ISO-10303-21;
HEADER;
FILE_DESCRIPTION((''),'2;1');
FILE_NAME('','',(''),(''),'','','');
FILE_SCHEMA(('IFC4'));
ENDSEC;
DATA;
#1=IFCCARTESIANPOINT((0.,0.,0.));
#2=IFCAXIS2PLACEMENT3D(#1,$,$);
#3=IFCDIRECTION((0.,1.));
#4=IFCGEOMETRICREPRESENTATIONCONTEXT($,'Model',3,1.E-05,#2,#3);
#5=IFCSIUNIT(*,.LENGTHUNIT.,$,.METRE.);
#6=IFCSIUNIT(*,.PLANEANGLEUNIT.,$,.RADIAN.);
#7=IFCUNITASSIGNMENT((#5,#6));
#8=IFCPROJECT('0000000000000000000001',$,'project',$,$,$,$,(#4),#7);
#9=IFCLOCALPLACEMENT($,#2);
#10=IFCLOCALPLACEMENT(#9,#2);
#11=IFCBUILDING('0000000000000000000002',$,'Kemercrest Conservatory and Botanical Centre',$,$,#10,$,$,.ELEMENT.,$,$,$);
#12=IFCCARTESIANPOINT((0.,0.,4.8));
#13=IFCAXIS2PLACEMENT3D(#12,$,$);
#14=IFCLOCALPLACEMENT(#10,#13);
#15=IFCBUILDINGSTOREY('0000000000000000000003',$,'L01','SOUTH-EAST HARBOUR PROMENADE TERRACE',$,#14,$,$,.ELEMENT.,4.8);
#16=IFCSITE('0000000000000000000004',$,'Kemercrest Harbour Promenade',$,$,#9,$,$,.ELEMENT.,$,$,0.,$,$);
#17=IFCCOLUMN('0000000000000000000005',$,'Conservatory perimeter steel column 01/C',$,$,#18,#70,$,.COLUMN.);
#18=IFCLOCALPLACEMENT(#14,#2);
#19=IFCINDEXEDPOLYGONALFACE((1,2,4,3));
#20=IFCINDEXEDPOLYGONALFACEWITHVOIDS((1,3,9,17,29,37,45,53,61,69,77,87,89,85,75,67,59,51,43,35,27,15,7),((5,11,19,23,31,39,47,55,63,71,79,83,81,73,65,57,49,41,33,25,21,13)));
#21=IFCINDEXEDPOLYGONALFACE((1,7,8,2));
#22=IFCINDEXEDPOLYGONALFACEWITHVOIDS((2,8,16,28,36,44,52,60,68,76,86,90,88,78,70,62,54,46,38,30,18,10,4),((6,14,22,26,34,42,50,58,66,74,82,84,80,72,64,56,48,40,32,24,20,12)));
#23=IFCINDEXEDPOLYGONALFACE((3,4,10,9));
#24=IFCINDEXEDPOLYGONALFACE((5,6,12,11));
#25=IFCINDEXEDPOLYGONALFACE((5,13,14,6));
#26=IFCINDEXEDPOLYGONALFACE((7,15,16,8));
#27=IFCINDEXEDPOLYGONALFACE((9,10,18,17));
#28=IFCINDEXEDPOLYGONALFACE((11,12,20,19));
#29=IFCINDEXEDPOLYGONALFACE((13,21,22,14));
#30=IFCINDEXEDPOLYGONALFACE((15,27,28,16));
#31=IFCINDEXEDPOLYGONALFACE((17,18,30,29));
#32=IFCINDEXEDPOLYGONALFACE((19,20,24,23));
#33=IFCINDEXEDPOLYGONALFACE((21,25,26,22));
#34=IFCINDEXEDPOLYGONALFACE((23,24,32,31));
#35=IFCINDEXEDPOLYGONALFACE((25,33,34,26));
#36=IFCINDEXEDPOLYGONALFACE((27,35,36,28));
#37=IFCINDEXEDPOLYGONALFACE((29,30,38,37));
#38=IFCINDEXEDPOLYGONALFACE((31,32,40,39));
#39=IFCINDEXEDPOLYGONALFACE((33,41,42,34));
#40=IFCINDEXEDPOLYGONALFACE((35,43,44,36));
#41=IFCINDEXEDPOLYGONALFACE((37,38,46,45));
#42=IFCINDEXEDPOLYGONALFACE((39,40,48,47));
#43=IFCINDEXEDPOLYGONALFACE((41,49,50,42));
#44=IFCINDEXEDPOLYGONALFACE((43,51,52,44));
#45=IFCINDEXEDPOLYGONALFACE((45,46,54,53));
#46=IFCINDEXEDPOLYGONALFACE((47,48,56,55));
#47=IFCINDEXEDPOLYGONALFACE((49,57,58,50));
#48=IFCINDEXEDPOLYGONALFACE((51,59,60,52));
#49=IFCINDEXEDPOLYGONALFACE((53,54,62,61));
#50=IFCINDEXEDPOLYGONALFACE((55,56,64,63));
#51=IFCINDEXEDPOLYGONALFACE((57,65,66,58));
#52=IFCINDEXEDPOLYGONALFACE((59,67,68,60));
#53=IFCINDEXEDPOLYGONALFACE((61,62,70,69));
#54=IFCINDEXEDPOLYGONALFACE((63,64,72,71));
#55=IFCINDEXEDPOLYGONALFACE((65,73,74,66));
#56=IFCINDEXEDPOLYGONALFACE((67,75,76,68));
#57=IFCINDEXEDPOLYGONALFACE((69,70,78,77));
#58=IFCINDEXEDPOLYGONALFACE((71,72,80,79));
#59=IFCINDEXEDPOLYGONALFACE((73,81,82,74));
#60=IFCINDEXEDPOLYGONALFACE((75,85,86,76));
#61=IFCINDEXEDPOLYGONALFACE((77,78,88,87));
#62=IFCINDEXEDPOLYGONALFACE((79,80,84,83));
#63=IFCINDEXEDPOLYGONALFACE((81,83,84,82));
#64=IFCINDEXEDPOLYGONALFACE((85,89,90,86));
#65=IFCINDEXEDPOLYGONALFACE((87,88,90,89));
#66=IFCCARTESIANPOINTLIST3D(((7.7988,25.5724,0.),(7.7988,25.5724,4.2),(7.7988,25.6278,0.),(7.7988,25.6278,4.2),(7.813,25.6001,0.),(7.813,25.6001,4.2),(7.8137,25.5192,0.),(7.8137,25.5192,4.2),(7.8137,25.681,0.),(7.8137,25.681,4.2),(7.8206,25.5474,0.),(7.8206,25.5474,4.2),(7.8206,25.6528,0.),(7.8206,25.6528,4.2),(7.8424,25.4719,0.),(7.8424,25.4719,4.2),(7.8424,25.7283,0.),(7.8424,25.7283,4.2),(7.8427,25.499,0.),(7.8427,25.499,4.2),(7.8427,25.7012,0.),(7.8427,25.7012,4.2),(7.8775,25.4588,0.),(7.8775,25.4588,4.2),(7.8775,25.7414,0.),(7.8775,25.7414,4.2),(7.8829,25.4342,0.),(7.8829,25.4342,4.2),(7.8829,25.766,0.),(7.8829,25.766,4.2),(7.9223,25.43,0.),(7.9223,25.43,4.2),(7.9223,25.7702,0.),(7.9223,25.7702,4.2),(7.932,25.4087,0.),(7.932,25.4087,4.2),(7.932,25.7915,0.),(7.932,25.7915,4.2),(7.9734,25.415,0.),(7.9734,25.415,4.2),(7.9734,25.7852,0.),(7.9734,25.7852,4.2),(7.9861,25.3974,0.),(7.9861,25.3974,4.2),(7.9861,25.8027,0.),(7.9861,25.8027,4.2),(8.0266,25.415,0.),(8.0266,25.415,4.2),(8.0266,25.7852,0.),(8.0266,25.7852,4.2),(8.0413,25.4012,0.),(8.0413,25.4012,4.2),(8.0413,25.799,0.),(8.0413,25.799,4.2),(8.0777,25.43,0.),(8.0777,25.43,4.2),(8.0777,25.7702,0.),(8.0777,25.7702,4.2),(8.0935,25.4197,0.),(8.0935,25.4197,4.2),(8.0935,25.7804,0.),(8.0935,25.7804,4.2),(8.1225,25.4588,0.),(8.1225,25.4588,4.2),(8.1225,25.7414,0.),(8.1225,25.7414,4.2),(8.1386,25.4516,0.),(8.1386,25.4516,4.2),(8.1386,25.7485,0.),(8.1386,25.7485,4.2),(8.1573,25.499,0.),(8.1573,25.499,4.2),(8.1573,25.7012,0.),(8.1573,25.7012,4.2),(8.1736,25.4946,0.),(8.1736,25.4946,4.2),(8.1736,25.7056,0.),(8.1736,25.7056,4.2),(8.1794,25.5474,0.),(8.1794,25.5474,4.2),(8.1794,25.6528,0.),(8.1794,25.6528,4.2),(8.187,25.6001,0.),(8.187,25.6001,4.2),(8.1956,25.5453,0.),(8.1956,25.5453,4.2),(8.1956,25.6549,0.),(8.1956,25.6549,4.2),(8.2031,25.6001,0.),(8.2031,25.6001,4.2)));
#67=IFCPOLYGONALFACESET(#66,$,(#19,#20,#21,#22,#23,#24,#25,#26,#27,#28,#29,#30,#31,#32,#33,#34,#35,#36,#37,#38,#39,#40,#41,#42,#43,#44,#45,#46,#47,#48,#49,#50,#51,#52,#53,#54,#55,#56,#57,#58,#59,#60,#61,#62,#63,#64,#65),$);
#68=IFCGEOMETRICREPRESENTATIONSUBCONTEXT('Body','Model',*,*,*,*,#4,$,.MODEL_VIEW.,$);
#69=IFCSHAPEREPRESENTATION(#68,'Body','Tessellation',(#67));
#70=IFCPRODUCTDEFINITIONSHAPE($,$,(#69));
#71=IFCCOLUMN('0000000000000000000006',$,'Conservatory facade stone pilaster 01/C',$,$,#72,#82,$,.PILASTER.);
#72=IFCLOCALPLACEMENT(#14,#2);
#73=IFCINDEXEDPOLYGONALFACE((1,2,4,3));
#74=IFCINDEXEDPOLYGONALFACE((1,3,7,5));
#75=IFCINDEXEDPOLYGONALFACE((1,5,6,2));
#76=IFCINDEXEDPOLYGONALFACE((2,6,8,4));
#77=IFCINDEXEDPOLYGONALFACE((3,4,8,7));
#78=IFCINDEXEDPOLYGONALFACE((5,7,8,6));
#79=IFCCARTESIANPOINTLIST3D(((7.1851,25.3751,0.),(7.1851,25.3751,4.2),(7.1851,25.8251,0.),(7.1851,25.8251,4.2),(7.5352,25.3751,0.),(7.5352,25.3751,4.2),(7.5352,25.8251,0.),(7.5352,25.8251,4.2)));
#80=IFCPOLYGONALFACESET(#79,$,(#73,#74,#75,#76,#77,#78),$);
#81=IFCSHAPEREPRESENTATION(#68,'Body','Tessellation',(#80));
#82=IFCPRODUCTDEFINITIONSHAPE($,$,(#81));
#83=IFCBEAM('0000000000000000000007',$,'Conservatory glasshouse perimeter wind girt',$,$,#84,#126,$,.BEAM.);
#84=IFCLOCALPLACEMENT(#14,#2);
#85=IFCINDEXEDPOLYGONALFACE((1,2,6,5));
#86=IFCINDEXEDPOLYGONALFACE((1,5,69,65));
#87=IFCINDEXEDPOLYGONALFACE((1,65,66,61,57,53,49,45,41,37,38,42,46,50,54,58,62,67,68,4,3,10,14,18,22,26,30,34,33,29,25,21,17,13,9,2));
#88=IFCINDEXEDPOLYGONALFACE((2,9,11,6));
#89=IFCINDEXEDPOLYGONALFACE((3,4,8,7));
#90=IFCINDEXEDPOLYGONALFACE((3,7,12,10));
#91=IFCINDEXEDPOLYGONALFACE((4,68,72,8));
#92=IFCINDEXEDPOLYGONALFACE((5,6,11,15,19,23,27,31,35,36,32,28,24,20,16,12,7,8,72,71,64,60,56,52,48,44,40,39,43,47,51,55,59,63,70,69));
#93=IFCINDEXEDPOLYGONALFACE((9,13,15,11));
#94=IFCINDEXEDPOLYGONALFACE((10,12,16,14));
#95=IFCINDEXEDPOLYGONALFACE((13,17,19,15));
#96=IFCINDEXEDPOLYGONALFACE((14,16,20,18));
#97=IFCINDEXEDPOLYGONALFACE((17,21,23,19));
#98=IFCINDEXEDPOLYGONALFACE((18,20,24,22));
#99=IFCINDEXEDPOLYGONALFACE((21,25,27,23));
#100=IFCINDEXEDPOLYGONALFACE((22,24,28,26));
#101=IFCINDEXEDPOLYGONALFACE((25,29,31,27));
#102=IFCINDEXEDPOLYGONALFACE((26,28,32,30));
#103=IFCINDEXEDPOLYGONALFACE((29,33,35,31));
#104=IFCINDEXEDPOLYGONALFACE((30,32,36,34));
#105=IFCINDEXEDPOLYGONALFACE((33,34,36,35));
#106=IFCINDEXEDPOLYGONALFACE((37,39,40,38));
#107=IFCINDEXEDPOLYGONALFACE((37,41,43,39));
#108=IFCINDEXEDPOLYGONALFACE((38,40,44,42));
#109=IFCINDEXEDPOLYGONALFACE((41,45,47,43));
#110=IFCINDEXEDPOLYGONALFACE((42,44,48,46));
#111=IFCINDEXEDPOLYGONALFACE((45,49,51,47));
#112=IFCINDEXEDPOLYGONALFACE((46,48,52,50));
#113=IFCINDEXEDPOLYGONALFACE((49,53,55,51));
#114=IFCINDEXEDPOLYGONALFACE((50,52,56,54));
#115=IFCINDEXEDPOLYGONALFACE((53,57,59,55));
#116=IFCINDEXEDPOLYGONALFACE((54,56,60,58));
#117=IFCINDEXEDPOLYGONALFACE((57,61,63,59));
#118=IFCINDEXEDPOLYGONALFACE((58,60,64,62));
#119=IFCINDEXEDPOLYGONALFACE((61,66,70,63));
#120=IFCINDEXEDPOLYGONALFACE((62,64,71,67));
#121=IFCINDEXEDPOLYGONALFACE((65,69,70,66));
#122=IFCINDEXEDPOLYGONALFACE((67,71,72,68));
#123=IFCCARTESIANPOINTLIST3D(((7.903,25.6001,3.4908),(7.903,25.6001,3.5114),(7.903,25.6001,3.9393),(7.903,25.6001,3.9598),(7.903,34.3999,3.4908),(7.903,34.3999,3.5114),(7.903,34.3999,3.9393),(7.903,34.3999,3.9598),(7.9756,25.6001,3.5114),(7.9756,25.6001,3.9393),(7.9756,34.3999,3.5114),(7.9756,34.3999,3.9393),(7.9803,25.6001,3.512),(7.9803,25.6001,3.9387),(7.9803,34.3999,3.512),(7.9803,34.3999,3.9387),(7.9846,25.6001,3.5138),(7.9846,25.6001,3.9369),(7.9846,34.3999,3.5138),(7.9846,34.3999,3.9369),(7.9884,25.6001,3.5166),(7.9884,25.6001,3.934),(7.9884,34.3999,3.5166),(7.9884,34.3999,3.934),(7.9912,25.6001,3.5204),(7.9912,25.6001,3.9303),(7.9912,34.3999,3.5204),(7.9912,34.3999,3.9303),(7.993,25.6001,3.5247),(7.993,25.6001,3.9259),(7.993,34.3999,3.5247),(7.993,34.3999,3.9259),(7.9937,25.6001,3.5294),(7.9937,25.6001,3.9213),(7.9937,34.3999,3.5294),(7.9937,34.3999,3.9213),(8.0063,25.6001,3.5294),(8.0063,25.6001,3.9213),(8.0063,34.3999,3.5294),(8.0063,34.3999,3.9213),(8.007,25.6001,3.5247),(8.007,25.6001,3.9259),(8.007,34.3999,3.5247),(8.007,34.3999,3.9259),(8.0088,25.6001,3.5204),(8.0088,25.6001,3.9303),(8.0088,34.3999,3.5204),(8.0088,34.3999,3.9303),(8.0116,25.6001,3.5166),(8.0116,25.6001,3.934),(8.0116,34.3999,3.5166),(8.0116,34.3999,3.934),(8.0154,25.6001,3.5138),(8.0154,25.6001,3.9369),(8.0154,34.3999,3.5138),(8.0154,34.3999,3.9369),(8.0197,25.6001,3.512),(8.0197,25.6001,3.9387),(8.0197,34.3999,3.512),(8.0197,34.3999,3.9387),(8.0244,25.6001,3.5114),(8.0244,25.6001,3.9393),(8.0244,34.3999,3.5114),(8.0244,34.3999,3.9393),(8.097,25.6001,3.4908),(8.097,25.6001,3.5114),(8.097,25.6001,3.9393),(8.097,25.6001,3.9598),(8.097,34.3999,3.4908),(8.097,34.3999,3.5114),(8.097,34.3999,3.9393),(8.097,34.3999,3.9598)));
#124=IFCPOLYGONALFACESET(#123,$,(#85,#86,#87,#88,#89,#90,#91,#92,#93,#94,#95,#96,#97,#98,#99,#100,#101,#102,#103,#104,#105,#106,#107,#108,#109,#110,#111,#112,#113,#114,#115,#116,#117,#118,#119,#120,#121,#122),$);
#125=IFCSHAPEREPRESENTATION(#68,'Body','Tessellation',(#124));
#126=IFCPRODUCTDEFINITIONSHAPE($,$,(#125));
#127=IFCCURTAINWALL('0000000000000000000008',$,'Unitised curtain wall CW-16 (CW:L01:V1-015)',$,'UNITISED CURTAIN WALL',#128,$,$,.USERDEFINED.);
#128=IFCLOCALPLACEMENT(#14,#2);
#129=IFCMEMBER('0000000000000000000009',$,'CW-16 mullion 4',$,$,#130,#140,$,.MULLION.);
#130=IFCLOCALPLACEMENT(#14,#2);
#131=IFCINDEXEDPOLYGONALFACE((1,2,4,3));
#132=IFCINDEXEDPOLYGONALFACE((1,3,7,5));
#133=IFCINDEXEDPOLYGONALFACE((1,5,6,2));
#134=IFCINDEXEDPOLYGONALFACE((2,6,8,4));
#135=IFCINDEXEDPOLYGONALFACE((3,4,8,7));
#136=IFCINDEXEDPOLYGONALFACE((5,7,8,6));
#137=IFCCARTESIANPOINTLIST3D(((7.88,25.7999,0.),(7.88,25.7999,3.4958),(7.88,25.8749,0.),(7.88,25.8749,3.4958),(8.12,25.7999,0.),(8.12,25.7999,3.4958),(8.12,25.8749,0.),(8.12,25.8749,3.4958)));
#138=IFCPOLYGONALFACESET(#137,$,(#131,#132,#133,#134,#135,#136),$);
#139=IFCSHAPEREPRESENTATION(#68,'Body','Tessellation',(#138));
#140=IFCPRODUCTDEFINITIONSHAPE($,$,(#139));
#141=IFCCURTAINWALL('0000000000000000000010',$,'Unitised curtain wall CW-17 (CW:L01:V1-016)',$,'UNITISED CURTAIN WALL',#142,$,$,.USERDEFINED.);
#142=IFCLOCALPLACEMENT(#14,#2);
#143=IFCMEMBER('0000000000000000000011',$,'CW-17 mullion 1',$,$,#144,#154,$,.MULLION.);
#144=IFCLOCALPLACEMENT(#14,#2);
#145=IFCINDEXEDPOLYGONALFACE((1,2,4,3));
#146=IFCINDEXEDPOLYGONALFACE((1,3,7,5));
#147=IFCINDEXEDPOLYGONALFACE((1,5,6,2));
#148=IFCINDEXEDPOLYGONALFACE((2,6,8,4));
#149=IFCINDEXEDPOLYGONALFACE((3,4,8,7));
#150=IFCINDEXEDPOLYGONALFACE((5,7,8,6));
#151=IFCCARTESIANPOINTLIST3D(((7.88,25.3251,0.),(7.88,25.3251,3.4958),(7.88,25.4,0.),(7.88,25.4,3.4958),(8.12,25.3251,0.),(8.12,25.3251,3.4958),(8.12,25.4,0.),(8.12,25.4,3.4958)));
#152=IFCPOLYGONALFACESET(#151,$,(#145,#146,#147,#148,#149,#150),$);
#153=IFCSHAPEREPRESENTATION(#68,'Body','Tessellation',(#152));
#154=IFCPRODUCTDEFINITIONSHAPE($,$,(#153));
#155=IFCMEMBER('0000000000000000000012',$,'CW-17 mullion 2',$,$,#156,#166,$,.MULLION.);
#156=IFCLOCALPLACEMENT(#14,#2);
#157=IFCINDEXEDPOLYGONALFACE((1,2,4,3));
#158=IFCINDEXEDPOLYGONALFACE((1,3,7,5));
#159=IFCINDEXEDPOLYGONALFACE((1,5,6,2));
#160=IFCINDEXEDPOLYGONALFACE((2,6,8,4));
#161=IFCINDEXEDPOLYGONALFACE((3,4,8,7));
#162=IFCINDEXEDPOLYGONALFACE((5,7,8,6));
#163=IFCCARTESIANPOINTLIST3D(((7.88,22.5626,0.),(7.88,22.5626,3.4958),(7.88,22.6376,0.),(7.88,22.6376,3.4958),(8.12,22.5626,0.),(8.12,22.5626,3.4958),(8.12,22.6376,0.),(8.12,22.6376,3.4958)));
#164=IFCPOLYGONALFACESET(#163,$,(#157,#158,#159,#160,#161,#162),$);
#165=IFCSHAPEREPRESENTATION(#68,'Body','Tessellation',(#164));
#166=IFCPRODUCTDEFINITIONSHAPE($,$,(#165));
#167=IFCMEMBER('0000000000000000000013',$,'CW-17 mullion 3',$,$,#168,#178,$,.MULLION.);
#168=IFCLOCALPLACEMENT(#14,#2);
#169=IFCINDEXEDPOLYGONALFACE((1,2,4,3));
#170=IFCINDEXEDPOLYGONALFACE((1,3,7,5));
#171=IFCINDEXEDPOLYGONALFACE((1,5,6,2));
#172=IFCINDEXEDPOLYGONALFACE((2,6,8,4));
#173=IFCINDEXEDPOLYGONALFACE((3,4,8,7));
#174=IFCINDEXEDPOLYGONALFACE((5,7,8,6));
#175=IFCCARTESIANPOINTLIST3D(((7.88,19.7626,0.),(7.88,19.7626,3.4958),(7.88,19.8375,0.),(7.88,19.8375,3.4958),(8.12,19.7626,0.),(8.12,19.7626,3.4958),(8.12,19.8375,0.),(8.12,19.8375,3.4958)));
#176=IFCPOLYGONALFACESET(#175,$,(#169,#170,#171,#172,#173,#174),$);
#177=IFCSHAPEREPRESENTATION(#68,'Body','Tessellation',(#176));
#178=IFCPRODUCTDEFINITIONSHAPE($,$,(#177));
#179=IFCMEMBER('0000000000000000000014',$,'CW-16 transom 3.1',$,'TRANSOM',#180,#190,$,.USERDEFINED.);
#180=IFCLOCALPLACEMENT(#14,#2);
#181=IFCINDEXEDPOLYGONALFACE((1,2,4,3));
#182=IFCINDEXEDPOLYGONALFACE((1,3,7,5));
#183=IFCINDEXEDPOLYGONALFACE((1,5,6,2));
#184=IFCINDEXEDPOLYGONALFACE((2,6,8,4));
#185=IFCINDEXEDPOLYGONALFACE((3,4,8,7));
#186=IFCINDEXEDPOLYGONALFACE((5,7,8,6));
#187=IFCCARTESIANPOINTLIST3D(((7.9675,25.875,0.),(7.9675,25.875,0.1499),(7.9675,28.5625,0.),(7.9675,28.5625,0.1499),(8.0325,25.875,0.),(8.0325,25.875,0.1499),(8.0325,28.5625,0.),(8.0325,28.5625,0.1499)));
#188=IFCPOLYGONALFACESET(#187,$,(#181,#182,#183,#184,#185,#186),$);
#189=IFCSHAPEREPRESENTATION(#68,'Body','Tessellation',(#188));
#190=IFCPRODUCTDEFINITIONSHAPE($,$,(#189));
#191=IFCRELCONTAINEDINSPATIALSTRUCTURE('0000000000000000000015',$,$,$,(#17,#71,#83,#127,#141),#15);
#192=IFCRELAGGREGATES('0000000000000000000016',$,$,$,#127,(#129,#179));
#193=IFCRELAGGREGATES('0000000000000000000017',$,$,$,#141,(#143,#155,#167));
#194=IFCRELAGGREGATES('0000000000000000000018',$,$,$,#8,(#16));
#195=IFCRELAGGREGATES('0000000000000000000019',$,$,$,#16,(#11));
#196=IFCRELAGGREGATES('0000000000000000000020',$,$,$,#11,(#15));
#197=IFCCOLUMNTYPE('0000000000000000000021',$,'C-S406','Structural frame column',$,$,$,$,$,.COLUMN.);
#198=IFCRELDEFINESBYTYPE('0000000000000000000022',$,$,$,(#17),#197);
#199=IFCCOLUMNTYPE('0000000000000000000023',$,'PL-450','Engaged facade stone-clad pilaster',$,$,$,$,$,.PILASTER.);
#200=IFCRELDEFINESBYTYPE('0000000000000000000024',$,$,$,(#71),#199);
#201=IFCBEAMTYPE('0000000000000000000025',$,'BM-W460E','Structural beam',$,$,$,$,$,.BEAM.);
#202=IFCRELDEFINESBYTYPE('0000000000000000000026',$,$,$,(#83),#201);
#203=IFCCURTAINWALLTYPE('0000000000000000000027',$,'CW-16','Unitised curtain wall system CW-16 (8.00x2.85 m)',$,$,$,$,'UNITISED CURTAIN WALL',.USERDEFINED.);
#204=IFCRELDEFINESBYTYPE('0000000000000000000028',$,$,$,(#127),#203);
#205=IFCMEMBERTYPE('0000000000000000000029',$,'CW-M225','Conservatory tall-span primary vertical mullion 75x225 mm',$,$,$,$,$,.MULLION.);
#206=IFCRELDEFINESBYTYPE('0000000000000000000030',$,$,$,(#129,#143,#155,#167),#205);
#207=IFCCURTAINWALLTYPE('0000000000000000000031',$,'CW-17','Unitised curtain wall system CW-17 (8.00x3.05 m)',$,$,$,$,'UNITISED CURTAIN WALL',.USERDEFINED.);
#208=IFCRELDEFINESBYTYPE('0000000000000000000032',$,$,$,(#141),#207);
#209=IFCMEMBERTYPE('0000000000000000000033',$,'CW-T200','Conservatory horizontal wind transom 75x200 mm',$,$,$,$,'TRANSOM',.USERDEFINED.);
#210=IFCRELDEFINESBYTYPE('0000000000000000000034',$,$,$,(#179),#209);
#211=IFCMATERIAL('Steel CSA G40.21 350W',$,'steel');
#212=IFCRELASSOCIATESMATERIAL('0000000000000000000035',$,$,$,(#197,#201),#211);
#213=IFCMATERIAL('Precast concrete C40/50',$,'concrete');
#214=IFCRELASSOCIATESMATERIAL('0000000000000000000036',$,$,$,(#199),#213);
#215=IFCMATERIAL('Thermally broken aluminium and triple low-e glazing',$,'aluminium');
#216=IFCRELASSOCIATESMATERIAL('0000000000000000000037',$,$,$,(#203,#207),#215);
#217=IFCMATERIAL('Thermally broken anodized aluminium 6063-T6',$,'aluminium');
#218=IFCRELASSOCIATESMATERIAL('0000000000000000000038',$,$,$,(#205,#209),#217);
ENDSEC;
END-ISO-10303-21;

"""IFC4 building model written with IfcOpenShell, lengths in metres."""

from ifc_helpers import new_model, si_unit, direction, frame, origin, origin_2d, place, context, subcontext, project, spatial, rectangle, hollow_circle, i_section, extrude, material, material_profile, profile_set, type_object, element, aggregate, save


model = new_model("IFC4")

# Units and contexts
model_context = context("Model", 3, precision=1e-05, world=origin(), true_north=direction((0.0, 1.0)))
body_context = subcontext(model_context, "Body", "Model", "MODEL_VIEW")
ifc_project = project(units=[si_unit("LENGTHUNIT", "METRE"), si_unit("PLANEANGLEUNIT", "RADIAN")], contexts=[model_context])

# Site, building, storey
site_placement = place(None, origin())
site = spatial("IfcSite", under=ifc_project, at=site_placement, Name="Kemercrest Harbour Promenade", CompositionType="ELEMENT", RefElevation=0.0)
building_placement = place(site_placement, origin())
building = spatial("IfcBuilding", under=site, at=building_placement, Name="Kemercrest Conservatory and Botanical Centre", CompositionType="ELEMENT")
storey_placement = place(building_placement, frame((0.0, 0.0, 4.8)))
storey = spatial("IfcBuildingStorey", under=building, at=storey_placement, Name="L01", Description="SOUTH-EAST HARBOUR PROMENADE TERRACE", CompositionType="ELEMENT", Elevation=4.8)

# Columns
ifc_material_1 = material(Name="Steel CSA G40.21 350W", Category="steel")
ifc_material_profile_1 = material_profile(ifc_material_1, hollow_circle(Radius=0.2031, WallThickness=0.0161, at=origin_2d()), Name="CHS 406.4x16.0")
ifc_profile_set_1 = profile_set([ifc_material_profile_1], Name="Steel CSA G40.21 350W")
column_type_1 = type_object("IfcColumnType", Name="C-S406", Description="Structural frame column", PredefinedType="COLUMN", material=ifc_profile_set_1)
column_1_placement = place(storey_placement, frame((8.0, 25.6001, 0.0), z_axis=(0.0, 0.0, 1.0), x_axis=(1.0, 0.0, 0.0)))
element("IfcColumn", 1, at=column_1_placement, inside=storey, type_object=column_type_1, Name="Conservatory perimeter steel column 01/C", PredefinedType="COLUMN", context=body_context, shape_type="SweptSolid", body=[
    extrude(hollow_circle(Radius=0.2031, WallThickness=0.0161, at=origin_2d()), origin(), (0.0, 0.0, 1.0), 4.2),
])
ifc_material_2 = material(Name="Precast concrete C40/50", Category="concrete")
ifc_material_profile_2 = material_profile(ifc_material_2, rectangle(XDim=0.3501, YDim=0.45, at=origin_2d()), Name="RC 450x350")
ifc_profile_set_2 = profile_set([ifc_material_profile_2], Name="Precast concrete C40/50")
column_type_2 = type_object("IfcColumnType", Name="PL-450", Description="Engaged facade stone-clad pilaster", PredefinedType="PILASTER", material=ifc_profile_set_2)
column_2_placement = place(storey_placement, frame((7.3601, 25.6001, 0.0), z_axis=(0.0, 0.0, 1.0), x_axis=(1.0, 0.0, 0.0)))
element("IfcColumn", 2, at=column_2_placement, inside=storey, type_object=column_type_2, Name="Conservatory facade stone pilaster 01/C", PredefinedType="PILASTER", context=body_context, shape_type="SweptSolid", body=[
    extrude(rectangle(XDim=0.3501, YDim=0.45, at=origin_2d()), origin(), (0.0, 0.0, 1.0), 4.2),
])

# Beam
ifc_material_profile_3 = material_profile(ifc_material_1, i_section(OverallWidth=0.1941, OverallDepth=0.469, WebThickness=0.0127, FlangeThickness=0.0205, FilletRadius=0.0181, at=origin_2d()), Name="W460X106")
ifc_profile_set_3 = profile_set([ifc_material_profile_3], Name="Steel CSA G40.21 350W")
beam_type = type_object("IfcBeamType", Name="BM-W460E", Description="Structural beam", PredefinedType="BEAM", material=ifc_profile_set_3)
beam_placement = place(storey_placement, frame((8.0, 25.6001, 3.7253), z_axis=(0.0, 1.0, 0.0), x_axis=(-1.0, 0.0, 0.0)))
element("IfcBeam", 3, at=beam_placement, inside=storey, type_object=beam_type, Name="Conservatory glasshouse perimeter wind girt", PredefinedType="BEAM", context=body_context, shape_type="SweptSolid", body=[
    extrude(i_section(OverallWidth=0.1941, OverallDepth=0.469, WebThickness=0.0127, FlangeThickness=0.0205, FilletRadius=0.0181, at=origin_2d()), origin(), (0.0, 0.0, 1.0), 8.7998),
])

# Curtain wall, member
ifc_material_3 = material(Name="Thermally broken aluminium and triple low-e glazing", Category="aluminium")
curtain_wall_type_1 = type_object("IfcCurtainWallType", Name="CW-16", Description="Unitised curtain wall system CW-16 (8.00x2.85 m)", ElementType="UNITISED CURTAIN WALL", PredefinedType="USERDEFINED", material=ifc_material_3)
curtain_wall_1_placement = place(storey_placement, origin())
curtain_wall_1 = element("IfcCurtainWall", 4, at=curtain_wall_1_placement, inside=storey, type_object=curtain_wall_type_1, Name="Unitised curtain wall CW-16 (CW:L01:V1-015)", ObjectType="UNITISED CURTAIN WALL", PredefinedType="USERDEFINED")
ifc_material_4 = material(Name="Thermally broken anodized aluminium 6063-T6", Category="aluminium")
ifc_material_profile_4 = material_profile(ifc_material_4, rectangle(XDim=0.24, YDim=0.075, at=origin_2d()), Name="AL MULLION 75x240")
ifc_profile_set_4 = profile_set([ifc_material_profile_4], Name="Thermally broken anodized aluminium 6063-T6")
member_type_1 = type_object("IfcMemberType", Name="CW-M225", Description="Conservatory tall-span primary vertical mullion 75x225 mm", PredefinedType="MULLION", material=ifc_profile_set_4)
member_1_placement = place(storey_placement, frame((8.0, 25.8374, 0.0), z_axis=(0.0, 0.0, 1.0), x_axis=(1.0, 0.0, 0.0)))
member_1 = element("IfcMember", 5, at=member_1_placement, type_object=member_type_1, Name="CW-16 mullion 4", PredefinedType="MULLION", context=body_context, shape_type="SweptSolid", body=[
    extrude(rectangle(XDim=0.24, YDim=0.075, at=origin_2d()), origin(), (0.0, 0.0, 1.0), 3.4958),
])

# Curtain wall, members
curtain_wall_type_2 = type_object("IfcCurtainWallType", Name="CW-17", Description="Unitised curtain wall system CW-17 (8.00x3.05 m)", ElementType="UNITISED CURTAIN WALL", PredefinedType="USERDEFINED", material=ifc_material_3)
curtain_wall_2_placement = place(storey_placement, origin())
curtain_wall_2 = element("IfcCurtainWall", 6, at=curtain_wall_2_placement, inside=storey, type_object=curtain_wall_type_2, Name="Unitised curtain wall CW-17 (CW:L01:V1-016)", ObjectType="UNITISED CURTAIN WALL", PredefinedType="USERDEFINED")
member_2_placement = place(storey_placement, frame((8.0, 25.3625, 0.0), z_axis=(0.0, 0.0, 1.0), x_axis=(1.0, 0.0, 0.0)))
member_2 = element("IfcMember", 7, at=member_2_placement, type_object=member_type_1, Name="CW-17 mullion 1", PredefinedType="MULLION", context=body_context, shape_type="SweptSolid", body=[
    extrude(rectangle(XDim=0.24, YDim=0.075, at=origin_2d()), origin(), (0.0, 0.0, 1.0), 3.4958),
])
member_3_placement = place(storey_placement, frame((8.0, 22.6001, 0.0), z_axis=(0.0, 0.0, 1.0), x_axis=(1.0, 0.0, 0.0)))
member_3 = element("IfcMember", 8, at=member_3_placement, type_object=member_type_1, Name="CW-17 mullion 2", PredefinedType="MULLION", context=body_context, shape_type="SweptSolid", body=[
    extrude(rectangle(XDim=0.24, YDim=0.075, at=origin_2d()), origin(), (0.0, 0.0, 1.0), 3.4958),
])
member_4_placement = place(storey_placement, frame((8.0, 19.8, 0.0), z_axis=(0.0, 0.0, 1.0), x_axis=(1.0, 0.0, 0.0)))
member_4 = element("IfcMember", 9, at=member_4_placement, type_object=member_type_1, Name="CW-17 mullion 3", PredefinedType="MULLION", context=body_context, shape_type="SweptSolid", body=[
    extrude(rectangle(XDim=0.24, YDim=0.075, at=origin_2d()), origin(), (0.0, 0.0, 1.0), 3.4958),
])

# Member
ifc_material_profile_5 = material_profile(ifc_material_4, rectangle(XDim=0.0649, YDim=0.1499, at=origin_2d()), Name="AL TRANSOM 65x150")
ifc_profile_set_5 = profile_set([ifc_material_profile_5], Name="Thermally broken anodized aluminium 6063-T6")
member_type_2 = type_object("IfcMemberType", Name="CW-T200", Description="Conservatory horizontal wind transom 75x200 mm", ElementType="TRANSOM", PredefinedType="USERDEFINED", material=ifc_profile_set_5)
member_5_placement = place(storey_placement, frame((8.0, 28.5625, 0.075), z_axis=(0.0, -1.0, 0.0), x_axis=(1.0, 0.0, 0.0)))
member_5 = element("IfcMember", 10, at=member_5_placement, type_object=member_type_2, Name="CW-16 transom 3.1", ObjectType="TRANSOM", PredefinedType="USERDEFINED", context=body_context, shape_type="SweptSolid", body=[
    extrude(rectangle(XDim=0.0649, YDim=0.1499, at=origin_2d()), origin(), (0.0, 0.0, 1.0), 2.6875),
])

aggregate(curtain_wall_1, [member_1, member_5])
aggregate(curtain_wall_2, [member_2, member_3, member_4])

save(model, "model.ifc")
